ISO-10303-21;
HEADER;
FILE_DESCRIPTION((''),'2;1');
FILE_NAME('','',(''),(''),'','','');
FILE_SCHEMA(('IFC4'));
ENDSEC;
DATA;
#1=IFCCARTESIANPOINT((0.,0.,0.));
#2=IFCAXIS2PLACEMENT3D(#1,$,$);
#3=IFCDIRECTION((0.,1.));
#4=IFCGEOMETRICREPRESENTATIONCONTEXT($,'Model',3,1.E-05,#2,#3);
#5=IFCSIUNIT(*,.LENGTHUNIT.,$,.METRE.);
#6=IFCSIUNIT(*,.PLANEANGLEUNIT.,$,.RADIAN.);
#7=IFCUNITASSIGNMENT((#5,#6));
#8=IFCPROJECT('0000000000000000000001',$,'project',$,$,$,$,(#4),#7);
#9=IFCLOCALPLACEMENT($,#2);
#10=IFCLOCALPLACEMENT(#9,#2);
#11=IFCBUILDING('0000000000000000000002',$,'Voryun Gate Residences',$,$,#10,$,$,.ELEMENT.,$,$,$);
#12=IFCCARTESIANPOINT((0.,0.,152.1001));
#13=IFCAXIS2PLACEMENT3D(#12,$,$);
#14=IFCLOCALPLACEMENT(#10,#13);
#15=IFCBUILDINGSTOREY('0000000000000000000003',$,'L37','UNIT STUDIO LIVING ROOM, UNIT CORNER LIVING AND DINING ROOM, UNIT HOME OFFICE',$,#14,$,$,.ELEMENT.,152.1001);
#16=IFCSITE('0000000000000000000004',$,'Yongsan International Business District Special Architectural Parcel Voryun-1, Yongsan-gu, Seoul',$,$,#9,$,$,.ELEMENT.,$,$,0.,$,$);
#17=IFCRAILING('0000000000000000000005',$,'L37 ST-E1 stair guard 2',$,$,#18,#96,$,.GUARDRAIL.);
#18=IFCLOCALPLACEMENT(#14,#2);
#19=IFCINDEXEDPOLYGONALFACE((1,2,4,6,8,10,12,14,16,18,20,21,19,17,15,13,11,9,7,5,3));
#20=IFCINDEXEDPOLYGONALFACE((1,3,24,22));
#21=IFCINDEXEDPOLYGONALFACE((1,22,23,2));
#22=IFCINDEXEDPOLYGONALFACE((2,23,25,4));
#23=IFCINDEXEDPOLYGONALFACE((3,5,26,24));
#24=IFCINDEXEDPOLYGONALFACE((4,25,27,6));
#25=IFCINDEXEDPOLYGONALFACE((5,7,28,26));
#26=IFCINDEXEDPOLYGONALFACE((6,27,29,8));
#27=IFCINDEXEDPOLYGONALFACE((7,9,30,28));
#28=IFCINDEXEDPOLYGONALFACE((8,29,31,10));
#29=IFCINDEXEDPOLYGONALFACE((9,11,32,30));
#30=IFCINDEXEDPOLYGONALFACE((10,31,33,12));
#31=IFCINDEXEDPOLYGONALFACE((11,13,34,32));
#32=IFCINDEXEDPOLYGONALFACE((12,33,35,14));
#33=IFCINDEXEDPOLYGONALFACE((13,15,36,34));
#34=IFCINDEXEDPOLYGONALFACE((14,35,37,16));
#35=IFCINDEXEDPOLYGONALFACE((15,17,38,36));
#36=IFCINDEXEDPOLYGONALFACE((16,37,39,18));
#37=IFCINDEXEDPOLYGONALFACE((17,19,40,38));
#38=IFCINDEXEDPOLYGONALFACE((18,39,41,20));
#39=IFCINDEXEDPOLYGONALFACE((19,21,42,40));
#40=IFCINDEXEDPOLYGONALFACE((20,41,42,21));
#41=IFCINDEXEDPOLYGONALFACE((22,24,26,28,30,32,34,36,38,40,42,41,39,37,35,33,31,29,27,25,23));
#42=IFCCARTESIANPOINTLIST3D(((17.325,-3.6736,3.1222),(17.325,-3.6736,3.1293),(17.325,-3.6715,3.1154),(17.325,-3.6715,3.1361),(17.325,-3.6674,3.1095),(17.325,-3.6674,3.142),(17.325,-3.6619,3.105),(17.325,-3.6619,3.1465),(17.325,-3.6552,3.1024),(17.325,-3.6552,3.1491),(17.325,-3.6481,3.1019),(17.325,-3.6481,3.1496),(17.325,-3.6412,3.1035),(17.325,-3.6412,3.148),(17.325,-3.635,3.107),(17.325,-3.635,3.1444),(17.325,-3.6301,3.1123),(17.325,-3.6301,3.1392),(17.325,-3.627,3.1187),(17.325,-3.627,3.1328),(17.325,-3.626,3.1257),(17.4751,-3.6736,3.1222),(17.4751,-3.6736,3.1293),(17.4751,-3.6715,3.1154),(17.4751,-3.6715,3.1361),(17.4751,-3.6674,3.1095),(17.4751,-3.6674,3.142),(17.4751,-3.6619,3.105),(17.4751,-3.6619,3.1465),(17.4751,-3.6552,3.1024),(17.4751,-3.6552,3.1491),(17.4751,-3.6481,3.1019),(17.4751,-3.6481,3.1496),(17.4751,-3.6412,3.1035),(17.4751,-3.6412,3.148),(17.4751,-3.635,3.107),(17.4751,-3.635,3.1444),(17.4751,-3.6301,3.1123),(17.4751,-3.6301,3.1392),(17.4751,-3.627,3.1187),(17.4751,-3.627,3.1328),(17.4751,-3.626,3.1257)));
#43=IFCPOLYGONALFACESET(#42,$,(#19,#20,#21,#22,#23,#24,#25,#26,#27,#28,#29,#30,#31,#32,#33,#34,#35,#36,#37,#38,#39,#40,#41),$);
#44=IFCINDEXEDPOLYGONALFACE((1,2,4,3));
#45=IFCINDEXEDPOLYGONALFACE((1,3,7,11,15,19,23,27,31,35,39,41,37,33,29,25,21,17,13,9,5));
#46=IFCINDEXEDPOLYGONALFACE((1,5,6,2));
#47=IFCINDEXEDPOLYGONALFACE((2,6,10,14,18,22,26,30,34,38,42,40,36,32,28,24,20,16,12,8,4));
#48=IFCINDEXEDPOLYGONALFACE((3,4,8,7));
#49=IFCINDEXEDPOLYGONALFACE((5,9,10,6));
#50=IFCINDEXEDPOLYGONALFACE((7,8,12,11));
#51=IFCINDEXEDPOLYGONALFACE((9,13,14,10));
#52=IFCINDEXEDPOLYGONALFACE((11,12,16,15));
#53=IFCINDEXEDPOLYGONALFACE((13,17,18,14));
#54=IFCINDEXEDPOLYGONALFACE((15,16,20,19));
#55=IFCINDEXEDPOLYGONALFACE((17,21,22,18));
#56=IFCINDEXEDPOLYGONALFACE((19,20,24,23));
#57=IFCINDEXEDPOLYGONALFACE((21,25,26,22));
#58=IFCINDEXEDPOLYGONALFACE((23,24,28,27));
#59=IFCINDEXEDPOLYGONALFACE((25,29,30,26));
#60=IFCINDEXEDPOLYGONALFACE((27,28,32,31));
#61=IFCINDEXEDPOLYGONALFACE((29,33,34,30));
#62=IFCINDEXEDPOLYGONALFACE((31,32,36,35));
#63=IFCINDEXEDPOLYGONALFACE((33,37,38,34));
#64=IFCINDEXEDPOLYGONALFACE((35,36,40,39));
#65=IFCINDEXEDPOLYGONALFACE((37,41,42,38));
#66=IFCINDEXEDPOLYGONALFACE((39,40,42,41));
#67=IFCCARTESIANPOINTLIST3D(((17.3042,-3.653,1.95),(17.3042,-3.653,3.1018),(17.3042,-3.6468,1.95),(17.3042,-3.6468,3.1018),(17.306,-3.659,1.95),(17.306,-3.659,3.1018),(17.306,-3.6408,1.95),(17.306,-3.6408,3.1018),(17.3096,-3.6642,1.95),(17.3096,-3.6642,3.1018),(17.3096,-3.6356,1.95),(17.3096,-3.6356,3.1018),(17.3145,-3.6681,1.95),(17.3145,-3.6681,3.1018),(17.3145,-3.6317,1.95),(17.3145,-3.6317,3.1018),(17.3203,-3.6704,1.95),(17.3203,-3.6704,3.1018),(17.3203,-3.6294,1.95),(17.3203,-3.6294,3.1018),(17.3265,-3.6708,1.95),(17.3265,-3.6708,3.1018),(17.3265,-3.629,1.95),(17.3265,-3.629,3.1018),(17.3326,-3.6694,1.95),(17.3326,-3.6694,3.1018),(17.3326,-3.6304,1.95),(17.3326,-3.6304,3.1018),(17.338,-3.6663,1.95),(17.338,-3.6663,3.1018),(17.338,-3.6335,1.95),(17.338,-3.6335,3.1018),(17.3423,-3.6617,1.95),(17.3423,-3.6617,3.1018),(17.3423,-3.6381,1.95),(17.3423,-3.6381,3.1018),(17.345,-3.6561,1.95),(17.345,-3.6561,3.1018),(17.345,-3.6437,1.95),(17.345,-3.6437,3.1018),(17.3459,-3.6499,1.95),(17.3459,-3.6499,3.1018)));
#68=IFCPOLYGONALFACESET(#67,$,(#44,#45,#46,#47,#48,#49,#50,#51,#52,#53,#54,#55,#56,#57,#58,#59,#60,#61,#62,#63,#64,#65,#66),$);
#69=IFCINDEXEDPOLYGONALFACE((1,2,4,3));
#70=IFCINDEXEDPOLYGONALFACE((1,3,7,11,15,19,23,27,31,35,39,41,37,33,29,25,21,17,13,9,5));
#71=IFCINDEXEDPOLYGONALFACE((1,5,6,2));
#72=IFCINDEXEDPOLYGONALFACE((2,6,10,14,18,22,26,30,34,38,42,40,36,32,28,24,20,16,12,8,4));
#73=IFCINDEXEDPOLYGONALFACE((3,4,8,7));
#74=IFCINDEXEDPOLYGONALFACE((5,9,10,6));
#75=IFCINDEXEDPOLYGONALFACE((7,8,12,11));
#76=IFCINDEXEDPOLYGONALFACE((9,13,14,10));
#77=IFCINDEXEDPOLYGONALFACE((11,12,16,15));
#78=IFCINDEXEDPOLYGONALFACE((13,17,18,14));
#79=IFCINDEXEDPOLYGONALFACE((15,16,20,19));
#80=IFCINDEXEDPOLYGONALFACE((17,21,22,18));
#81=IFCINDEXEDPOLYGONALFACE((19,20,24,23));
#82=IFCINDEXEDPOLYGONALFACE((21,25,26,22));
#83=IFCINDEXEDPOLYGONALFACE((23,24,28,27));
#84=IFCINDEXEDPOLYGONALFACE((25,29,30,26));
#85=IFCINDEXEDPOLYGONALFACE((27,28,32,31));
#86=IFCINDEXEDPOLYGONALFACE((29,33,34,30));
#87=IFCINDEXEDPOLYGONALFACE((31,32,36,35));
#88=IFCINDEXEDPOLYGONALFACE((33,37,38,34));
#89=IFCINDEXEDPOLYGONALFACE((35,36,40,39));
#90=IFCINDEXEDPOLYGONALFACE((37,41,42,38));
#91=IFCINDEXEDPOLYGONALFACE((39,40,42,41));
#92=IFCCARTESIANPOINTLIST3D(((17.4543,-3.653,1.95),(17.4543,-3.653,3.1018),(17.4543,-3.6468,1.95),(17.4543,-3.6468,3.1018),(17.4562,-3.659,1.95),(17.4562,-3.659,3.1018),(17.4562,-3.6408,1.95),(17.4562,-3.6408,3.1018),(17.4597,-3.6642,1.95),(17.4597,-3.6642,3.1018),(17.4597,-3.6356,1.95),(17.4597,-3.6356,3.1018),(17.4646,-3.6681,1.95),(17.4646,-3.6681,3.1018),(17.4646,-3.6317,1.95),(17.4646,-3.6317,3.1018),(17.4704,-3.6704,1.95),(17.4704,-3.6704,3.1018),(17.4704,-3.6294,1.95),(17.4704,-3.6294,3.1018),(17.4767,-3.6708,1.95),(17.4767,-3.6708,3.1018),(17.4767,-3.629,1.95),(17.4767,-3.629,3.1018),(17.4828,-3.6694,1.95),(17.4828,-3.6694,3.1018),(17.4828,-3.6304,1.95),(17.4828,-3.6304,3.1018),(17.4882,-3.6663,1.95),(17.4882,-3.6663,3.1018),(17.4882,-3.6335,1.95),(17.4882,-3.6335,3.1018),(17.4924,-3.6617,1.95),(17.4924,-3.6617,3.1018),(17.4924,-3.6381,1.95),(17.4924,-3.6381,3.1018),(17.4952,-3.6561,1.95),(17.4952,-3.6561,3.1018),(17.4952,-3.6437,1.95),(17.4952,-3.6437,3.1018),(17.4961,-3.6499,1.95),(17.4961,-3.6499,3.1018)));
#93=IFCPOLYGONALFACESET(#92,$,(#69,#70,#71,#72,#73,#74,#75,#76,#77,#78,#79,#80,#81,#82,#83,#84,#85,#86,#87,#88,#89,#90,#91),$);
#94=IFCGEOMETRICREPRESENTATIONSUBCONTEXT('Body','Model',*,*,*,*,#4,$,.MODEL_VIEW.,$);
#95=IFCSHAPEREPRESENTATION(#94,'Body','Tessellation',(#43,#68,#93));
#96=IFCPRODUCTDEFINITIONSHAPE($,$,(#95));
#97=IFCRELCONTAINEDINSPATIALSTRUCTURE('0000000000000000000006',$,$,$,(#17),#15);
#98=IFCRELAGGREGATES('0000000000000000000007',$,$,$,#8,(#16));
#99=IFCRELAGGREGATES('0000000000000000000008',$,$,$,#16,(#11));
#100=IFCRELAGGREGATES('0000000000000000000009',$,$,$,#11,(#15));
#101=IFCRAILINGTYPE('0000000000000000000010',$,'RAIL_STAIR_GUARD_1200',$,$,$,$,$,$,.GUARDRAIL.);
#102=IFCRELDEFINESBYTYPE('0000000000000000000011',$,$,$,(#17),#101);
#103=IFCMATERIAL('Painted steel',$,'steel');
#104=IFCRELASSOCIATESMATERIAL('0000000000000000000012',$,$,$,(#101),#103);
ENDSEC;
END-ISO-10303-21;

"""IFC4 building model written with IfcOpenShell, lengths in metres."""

from ifc_helpers import new_model, si_unit, direction, frame, origin, origin_2d, place, context, subcontext, project, spatial, circle, extrude, material, type_object, element, save


model = new_model("IFC4")

# Units and contexts
model_context = context("Model", 3, precision=1e-05, world=origin(), true_north=direction((0.0, 1.0)))
body_context = subcontext(model_context, "Body", "Model", "MODEL_VIEW")
ifc_project = project(units=[si_unit("LENGTHUNIT", "METRE"), si_unit("PLANEANGLEUNIT", "RADIAN")], contexts=[model_context])

# Site, building, storey
site_placement = place(None, origin())
site = spatial("IfcSite", under=ifc_project, at=site_placement, Name="Yongsan International Business District Special Architectural Parcel Voryun-1, Yongsan-gu, Seoul", CompositionType="ELEMENT", RefElevation=0.0)
building_placement = place(site_placement, origin())
building = spatial("IfcBuilding", under=site, at=building_placement, Name="Voryun Gate Residences", CompositionType="ELEMENT")
storey_placement = place(building_placement, frame((0.0, 0.0, 152.1001)))
storey = spatial("IfcBuildingStorey", under=building, at=storey_placement, Name="L37", Description="UNIT STUDIO LIVING ROOM, UNIT CORNER LIVING AND DINING ROOM, UNIT HOME OFFICE", CompositionType="ELEMENT", Elevation=152.1001)

# Railing
ifc_material_1 = material(Name="Painted steel", Category="steel")
railing_type_1 = type_object("IfcRailingType", Name="RAIL_STAIR_GUARD_1200", PredefinedType="GUARDRAIL", material=ifc_material_1)
railing_1_placement = place(storey_placement, frame((17.325, -3.6499, 1.95)))
element("IfcRailing", 1, at=railing_1_placement, inside=storey, type_object=railing_type_1, Name="L37 ST-E1 stair guard 2", PredefinedType="GUARDRAIL", context=body_context, shape_type="SweptSolid", body=[
    extrude(circle(Radius=0.0239, at=origin_2d()), frame((0.0, 0.0, 1.1758), z_axis=(1.0, 0.0, 0.0), x_axis=(0.0, 1.0, 0.0)), (0.0, 0.0, 1.0), 0.1501),
    extrude(circle(Radius=0.021, at=origin_2d()), origin(), (0.0, 0.0, 1.0), 1.1519),
    extrude(circle(Radius=0.021, at=origin_2d()), frame((0.1501, 0.0, 0.0)), (0.0, 0.0, 1.0), 1.1519),
])

save(model, "model.ifc")
